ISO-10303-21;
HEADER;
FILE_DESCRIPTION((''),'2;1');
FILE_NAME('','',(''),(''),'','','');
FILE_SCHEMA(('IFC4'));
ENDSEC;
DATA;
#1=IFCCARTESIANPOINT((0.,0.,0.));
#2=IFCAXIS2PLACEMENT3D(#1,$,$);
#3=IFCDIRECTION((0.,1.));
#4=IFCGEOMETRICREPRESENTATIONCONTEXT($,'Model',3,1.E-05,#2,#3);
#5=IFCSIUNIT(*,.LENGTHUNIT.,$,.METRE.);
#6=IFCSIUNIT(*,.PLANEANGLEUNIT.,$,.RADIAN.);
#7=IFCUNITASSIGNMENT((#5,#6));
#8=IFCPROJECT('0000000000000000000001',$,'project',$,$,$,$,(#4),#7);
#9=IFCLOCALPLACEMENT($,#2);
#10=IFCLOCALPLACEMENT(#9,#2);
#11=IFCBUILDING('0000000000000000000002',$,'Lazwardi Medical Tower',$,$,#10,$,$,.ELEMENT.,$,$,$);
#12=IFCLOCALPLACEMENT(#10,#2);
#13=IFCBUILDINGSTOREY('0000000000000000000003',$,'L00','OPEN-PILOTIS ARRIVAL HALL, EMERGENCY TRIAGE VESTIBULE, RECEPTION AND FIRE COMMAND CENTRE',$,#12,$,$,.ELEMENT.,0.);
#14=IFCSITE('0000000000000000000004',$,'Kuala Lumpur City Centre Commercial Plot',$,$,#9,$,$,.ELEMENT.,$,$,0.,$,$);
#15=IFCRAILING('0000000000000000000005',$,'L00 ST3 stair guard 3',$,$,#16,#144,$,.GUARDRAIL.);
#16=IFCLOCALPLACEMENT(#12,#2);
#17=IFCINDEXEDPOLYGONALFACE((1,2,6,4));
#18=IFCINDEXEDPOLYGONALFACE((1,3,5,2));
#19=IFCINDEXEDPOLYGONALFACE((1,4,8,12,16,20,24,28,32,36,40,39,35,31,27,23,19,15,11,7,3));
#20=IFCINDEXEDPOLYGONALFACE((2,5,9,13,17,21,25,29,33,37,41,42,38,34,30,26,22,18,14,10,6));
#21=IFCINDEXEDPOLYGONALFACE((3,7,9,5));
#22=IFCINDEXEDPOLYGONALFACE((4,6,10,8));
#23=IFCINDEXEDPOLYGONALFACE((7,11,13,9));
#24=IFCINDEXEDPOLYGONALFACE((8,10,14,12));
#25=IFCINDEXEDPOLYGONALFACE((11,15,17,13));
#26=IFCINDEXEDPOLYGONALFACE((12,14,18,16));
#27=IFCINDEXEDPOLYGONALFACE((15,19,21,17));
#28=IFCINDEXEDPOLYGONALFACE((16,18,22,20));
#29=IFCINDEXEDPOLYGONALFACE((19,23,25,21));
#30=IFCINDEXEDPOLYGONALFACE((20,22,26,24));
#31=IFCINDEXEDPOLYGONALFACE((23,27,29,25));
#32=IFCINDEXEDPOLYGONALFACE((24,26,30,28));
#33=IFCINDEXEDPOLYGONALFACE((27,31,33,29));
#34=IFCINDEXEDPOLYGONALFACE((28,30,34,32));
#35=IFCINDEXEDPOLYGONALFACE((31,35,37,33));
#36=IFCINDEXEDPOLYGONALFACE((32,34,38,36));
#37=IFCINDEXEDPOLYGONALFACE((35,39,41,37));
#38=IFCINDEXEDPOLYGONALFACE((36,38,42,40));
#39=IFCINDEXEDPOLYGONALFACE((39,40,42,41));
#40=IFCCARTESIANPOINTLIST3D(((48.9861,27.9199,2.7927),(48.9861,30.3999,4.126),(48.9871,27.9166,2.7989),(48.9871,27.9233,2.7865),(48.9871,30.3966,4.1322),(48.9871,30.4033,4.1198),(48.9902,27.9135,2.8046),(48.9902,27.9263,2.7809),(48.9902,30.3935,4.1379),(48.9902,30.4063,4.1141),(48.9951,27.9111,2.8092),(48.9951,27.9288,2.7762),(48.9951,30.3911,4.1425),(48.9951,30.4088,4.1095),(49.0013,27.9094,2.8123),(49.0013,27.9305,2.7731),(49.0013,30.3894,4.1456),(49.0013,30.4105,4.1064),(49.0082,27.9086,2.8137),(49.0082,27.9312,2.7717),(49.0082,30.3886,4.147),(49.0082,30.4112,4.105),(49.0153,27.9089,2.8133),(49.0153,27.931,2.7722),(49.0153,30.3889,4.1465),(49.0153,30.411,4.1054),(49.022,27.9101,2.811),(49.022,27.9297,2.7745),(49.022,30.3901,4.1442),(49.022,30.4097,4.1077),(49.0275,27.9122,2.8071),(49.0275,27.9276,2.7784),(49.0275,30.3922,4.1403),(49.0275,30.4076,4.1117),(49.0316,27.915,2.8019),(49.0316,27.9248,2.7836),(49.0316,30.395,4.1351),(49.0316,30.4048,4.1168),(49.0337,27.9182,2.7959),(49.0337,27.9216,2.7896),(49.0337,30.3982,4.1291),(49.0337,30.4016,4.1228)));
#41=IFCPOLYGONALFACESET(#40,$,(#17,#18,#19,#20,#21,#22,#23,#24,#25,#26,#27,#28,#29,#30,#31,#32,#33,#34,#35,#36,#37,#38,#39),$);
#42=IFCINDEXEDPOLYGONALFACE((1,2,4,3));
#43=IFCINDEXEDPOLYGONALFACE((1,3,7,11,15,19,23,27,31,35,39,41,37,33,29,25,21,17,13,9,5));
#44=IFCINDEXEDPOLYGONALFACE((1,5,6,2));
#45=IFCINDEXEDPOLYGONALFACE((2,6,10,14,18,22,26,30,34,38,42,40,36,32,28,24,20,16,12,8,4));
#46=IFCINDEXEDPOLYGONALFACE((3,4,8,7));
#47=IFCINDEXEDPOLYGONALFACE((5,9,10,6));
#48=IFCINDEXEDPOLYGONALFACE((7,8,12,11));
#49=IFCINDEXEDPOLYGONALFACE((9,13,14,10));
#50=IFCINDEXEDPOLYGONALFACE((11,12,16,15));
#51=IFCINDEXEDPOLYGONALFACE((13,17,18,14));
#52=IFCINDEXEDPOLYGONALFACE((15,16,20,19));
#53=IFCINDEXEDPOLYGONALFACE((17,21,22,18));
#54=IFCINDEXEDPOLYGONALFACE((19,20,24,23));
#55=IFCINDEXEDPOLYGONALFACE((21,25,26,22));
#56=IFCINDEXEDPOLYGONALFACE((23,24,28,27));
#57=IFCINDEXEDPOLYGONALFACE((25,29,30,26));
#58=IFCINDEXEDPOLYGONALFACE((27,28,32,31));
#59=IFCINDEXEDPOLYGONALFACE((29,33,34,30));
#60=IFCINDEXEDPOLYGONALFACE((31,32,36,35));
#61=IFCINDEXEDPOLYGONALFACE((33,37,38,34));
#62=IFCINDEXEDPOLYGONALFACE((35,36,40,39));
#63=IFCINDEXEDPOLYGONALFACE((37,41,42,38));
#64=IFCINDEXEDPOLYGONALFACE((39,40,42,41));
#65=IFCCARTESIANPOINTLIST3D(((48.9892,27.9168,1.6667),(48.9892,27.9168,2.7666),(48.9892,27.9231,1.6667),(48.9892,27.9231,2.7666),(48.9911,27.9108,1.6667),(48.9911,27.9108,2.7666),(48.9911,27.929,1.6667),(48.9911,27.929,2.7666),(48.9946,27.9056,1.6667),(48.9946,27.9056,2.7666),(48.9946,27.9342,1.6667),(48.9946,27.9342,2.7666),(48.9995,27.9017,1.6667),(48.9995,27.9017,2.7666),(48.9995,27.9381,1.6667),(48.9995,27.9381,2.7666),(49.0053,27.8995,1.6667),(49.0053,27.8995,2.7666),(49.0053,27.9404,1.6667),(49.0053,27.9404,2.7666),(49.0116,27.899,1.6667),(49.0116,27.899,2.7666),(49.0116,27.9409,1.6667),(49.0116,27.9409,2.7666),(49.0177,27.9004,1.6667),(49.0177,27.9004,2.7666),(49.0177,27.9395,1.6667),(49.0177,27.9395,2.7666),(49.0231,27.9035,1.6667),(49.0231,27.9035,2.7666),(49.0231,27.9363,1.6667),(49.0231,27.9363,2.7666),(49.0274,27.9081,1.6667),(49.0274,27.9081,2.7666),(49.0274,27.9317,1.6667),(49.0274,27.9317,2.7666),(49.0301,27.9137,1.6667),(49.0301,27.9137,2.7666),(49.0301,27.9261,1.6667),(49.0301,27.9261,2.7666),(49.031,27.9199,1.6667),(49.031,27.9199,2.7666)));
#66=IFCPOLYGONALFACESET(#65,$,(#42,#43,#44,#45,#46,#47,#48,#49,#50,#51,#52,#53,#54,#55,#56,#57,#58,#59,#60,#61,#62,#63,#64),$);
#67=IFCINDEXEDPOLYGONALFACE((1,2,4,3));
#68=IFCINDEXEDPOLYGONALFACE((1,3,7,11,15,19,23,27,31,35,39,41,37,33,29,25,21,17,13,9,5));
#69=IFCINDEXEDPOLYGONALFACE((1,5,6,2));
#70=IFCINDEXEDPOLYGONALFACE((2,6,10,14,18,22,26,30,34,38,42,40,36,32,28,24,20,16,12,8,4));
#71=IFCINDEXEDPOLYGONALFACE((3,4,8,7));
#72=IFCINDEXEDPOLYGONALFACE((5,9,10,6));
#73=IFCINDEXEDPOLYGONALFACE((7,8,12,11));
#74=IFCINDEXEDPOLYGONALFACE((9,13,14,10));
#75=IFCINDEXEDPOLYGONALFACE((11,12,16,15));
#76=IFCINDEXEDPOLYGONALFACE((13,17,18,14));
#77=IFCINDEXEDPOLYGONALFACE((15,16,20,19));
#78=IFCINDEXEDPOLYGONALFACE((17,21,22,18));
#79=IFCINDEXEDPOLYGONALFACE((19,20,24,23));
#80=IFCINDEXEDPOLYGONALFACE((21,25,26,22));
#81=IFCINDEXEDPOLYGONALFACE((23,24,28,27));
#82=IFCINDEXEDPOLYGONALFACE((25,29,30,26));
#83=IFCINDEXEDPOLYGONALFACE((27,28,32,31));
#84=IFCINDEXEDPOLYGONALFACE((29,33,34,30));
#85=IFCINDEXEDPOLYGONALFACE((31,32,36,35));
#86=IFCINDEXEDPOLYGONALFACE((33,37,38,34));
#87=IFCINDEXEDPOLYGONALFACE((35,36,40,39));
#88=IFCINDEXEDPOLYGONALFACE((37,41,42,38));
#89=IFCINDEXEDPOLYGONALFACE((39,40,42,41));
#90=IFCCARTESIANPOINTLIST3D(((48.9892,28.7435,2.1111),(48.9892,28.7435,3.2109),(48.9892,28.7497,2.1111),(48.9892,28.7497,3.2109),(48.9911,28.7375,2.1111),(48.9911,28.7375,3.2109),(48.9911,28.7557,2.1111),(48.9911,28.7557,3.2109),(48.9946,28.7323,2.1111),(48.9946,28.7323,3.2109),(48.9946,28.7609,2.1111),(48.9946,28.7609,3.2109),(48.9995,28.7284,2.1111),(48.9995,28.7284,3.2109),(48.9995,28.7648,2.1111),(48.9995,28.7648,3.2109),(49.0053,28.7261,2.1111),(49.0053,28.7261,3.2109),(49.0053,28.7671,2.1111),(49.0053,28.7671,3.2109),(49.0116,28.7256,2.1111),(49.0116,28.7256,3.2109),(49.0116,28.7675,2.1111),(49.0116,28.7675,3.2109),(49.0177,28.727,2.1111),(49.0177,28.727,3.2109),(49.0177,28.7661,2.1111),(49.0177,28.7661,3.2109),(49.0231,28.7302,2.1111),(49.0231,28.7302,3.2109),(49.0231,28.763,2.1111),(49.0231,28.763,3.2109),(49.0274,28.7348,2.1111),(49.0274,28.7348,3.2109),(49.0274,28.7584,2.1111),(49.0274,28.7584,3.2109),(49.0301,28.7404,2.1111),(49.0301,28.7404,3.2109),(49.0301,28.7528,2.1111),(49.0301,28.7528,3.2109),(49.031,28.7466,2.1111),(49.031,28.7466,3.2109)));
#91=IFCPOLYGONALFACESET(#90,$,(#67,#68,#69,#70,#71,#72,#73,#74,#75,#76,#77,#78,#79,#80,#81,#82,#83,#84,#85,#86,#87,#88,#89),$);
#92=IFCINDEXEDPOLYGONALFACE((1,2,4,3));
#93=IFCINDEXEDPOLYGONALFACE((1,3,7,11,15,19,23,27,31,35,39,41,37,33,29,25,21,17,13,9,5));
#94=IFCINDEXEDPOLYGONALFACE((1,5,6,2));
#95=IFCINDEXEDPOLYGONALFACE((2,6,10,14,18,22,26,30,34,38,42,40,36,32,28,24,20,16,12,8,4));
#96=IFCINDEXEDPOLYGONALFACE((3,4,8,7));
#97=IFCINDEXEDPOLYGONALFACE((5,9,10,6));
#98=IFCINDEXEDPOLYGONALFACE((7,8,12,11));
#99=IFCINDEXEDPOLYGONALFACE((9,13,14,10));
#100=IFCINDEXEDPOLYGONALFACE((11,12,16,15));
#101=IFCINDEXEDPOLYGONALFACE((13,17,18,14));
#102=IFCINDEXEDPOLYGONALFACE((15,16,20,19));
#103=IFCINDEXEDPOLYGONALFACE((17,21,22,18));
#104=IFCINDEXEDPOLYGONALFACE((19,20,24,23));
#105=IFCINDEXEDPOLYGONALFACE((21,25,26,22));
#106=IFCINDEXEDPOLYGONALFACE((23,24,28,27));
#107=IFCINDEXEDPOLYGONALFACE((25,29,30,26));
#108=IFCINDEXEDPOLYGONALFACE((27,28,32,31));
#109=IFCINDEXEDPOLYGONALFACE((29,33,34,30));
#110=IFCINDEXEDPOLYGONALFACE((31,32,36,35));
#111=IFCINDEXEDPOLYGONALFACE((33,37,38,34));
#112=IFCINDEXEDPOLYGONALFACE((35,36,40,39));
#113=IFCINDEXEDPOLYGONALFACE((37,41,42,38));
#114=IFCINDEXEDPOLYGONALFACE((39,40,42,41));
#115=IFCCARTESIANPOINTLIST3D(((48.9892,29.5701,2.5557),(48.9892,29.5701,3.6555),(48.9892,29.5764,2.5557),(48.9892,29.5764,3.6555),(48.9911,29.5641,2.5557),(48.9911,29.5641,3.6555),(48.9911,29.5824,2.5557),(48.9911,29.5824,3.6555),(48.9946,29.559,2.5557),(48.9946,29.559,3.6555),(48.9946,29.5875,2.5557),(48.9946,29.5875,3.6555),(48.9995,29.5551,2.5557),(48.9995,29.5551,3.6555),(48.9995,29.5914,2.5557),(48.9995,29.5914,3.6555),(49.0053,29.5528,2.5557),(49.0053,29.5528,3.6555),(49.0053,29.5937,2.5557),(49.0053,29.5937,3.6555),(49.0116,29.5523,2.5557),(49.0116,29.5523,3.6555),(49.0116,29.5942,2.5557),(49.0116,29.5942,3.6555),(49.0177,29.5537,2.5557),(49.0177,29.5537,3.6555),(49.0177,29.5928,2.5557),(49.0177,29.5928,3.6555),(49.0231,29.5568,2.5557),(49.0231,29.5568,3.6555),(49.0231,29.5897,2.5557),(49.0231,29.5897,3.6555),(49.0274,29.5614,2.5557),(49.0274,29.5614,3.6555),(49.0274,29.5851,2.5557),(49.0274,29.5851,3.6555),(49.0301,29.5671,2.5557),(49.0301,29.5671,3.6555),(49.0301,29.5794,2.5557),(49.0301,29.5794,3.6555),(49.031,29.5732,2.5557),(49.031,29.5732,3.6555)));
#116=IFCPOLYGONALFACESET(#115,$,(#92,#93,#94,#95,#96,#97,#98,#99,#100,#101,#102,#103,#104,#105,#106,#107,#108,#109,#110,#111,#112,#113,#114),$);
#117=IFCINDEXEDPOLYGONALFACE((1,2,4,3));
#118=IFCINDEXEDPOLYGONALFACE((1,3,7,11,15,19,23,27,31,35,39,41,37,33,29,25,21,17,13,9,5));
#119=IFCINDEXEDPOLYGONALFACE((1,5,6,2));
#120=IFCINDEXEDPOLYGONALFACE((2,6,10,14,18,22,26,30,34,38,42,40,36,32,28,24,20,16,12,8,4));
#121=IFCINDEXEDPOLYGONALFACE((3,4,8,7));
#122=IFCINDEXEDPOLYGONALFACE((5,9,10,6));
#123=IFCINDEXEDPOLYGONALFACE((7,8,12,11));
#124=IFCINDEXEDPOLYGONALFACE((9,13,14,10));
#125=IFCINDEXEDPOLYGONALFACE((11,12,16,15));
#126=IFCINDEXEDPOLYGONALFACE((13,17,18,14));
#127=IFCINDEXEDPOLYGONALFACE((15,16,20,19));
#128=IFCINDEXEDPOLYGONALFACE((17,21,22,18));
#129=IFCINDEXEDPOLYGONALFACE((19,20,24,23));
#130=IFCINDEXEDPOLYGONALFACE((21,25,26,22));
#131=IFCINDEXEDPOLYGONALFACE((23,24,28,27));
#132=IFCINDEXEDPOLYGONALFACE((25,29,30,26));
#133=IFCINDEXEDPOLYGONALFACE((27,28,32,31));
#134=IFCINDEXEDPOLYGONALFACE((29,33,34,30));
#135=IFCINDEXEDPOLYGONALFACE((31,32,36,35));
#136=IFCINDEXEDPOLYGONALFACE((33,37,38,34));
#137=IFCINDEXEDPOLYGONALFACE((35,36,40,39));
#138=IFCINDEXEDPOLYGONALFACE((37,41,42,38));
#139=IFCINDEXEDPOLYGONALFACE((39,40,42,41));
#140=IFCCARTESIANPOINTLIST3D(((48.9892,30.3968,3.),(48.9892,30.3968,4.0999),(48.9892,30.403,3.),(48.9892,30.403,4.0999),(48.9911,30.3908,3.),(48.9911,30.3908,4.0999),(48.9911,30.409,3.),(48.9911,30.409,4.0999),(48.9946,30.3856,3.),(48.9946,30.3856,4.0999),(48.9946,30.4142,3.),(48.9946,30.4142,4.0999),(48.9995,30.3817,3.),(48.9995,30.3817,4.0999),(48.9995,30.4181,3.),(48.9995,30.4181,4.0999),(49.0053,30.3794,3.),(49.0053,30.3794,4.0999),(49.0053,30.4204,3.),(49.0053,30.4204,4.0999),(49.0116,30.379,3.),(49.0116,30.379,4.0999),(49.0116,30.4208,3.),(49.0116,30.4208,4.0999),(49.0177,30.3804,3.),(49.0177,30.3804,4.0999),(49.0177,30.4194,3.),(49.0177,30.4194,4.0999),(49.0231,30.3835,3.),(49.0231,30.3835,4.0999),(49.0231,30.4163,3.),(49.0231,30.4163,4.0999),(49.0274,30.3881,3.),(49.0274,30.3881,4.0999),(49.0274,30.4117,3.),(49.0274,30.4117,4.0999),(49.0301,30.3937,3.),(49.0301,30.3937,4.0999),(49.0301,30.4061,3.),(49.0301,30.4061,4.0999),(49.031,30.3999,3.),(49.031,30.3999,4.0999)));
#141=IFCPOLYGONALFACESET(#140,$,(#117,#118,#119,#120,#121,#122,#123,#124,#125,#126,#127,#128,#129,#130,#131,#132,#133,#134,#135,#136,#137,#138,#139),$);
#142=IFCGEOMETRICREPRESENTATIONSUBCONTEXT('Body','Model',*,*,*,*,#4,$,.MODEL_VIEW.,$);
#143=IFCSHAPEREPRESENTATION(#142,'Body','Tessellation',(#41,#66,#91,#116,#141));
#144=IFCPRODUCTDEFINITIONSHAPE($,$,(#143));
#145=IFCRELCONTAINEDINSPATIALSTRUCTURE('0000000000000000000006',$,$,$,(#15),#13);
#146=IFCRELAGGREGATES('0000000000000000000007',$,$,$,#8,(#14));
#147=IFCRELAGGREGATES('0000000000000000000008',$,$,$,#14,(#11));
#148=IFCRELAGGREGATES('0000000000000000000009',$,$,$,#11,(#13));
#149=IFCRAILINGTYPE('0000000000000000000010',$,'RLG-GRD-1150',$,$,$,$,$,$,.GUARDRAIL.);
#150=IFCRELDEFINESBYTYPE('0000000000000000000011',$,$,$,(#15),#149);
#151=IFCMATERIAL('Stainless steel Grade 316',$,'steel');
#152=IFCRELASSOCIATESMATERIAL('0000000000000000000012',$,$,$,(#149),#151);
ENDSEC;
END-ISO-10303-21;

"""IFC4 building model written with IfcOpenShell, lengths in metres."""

from ifc_helpers import new_model, si_unit, direction, frame, origin, origin_2d, place, context, subcontext, project, spatial, circle, extrude, material, type_object, element, save


model = new_model("IFC4")

# Units and contexts
model_context = context("Model", 3, precision=1e-05, world=origin(), true_north=direction((0.0, 1.0)))
body_context = subcontext(model_context, "Body", "Model", "MODEL_VIEW")
ifc_project = project(units=[si_unit("LENGTHUNIT", "METRE"), si_unit("PLANEANGLEUNIT", "RADIAN")], contexts=[model_context])

# Site, building, storey
site_placement = place(None, origin())
site = spatial("IfcSite", under=ifc_project, at=site_placement, Name="Kuala Lumpur City Centre Commercial Plot", CompositionType="ELEMENT", RefElevation=0.0)
building_placement = place(site_placement, origin())
building = spatial("IfcBuilding", under=site, at=building_placement, Name="Lazwardi Medical Tower", CompositionType="ELEMENT")
storey_placement = place(building_placement, origin())
storey = spatial("IfcBuildingStorey", under=building, at=storey_placement, Name="L00", Description="OPEN-PILOTIS ARRIVAL HALL, EMERGENCY TRIAGE VESTIBULE, RECEPTION AND FIRE COMMAND CENTRE", CompositionType="ELEMENT", Elevation=0.0)

# Railing
ifc_material_1 = material(Name="Stainless steel Grade 316", Category="steel")
railing_type_1 = type_object("IfcRailingType", Name="RLG-GRD-1150", PredefinedType="GUARDRAIL", material=ifc_material_1)
for number, where, name in (
    (1, (49.01, 27.9199, 1.6667), "L00 ST3 stair guard 3"),
):
    element("IfcRailing", number, at=place(storey_placement, frame(where)), inside=storey, type_object=railing_type_1, Name=name, PredefinedType="GUARDRAIL", context=body_context, shape_type="SweptSolid", body=[
        extrude(circle(Radius=0.0239, at=origin_2d()), frame((0.0, 0.0, 1.126), z_axis=(0.0, 0.880786, 0.473515), x_axis=(-1.0, 0.0, 0.0)), (0.0, 0.0, 1.0), 2.8157),
        extrude(circle(Radius=0.021, at=origin_2d()), origin(), (0.0, 0.0, 1.0), 1.0999),
        extrude(circle(Radius=0.021, at=origin_2d()), frame((0.0, 0.8267, 0.4443)), (0.0, 0.0, 1.0), 1.0999),
        extrude(circle(Radius=0.021, at=origin_2d()), frame((0.0, 1.6533, 0.8889)), (0.0, 0.0, 1.0), 1.0999),
        extrude(circle(Radius=0.021, at=origin_2d()), frame((0.0, 2.48, 1.3333)), (0.0, 0.0, 1.0), 1.0999),
    ])

save(model, "model.ifc")
